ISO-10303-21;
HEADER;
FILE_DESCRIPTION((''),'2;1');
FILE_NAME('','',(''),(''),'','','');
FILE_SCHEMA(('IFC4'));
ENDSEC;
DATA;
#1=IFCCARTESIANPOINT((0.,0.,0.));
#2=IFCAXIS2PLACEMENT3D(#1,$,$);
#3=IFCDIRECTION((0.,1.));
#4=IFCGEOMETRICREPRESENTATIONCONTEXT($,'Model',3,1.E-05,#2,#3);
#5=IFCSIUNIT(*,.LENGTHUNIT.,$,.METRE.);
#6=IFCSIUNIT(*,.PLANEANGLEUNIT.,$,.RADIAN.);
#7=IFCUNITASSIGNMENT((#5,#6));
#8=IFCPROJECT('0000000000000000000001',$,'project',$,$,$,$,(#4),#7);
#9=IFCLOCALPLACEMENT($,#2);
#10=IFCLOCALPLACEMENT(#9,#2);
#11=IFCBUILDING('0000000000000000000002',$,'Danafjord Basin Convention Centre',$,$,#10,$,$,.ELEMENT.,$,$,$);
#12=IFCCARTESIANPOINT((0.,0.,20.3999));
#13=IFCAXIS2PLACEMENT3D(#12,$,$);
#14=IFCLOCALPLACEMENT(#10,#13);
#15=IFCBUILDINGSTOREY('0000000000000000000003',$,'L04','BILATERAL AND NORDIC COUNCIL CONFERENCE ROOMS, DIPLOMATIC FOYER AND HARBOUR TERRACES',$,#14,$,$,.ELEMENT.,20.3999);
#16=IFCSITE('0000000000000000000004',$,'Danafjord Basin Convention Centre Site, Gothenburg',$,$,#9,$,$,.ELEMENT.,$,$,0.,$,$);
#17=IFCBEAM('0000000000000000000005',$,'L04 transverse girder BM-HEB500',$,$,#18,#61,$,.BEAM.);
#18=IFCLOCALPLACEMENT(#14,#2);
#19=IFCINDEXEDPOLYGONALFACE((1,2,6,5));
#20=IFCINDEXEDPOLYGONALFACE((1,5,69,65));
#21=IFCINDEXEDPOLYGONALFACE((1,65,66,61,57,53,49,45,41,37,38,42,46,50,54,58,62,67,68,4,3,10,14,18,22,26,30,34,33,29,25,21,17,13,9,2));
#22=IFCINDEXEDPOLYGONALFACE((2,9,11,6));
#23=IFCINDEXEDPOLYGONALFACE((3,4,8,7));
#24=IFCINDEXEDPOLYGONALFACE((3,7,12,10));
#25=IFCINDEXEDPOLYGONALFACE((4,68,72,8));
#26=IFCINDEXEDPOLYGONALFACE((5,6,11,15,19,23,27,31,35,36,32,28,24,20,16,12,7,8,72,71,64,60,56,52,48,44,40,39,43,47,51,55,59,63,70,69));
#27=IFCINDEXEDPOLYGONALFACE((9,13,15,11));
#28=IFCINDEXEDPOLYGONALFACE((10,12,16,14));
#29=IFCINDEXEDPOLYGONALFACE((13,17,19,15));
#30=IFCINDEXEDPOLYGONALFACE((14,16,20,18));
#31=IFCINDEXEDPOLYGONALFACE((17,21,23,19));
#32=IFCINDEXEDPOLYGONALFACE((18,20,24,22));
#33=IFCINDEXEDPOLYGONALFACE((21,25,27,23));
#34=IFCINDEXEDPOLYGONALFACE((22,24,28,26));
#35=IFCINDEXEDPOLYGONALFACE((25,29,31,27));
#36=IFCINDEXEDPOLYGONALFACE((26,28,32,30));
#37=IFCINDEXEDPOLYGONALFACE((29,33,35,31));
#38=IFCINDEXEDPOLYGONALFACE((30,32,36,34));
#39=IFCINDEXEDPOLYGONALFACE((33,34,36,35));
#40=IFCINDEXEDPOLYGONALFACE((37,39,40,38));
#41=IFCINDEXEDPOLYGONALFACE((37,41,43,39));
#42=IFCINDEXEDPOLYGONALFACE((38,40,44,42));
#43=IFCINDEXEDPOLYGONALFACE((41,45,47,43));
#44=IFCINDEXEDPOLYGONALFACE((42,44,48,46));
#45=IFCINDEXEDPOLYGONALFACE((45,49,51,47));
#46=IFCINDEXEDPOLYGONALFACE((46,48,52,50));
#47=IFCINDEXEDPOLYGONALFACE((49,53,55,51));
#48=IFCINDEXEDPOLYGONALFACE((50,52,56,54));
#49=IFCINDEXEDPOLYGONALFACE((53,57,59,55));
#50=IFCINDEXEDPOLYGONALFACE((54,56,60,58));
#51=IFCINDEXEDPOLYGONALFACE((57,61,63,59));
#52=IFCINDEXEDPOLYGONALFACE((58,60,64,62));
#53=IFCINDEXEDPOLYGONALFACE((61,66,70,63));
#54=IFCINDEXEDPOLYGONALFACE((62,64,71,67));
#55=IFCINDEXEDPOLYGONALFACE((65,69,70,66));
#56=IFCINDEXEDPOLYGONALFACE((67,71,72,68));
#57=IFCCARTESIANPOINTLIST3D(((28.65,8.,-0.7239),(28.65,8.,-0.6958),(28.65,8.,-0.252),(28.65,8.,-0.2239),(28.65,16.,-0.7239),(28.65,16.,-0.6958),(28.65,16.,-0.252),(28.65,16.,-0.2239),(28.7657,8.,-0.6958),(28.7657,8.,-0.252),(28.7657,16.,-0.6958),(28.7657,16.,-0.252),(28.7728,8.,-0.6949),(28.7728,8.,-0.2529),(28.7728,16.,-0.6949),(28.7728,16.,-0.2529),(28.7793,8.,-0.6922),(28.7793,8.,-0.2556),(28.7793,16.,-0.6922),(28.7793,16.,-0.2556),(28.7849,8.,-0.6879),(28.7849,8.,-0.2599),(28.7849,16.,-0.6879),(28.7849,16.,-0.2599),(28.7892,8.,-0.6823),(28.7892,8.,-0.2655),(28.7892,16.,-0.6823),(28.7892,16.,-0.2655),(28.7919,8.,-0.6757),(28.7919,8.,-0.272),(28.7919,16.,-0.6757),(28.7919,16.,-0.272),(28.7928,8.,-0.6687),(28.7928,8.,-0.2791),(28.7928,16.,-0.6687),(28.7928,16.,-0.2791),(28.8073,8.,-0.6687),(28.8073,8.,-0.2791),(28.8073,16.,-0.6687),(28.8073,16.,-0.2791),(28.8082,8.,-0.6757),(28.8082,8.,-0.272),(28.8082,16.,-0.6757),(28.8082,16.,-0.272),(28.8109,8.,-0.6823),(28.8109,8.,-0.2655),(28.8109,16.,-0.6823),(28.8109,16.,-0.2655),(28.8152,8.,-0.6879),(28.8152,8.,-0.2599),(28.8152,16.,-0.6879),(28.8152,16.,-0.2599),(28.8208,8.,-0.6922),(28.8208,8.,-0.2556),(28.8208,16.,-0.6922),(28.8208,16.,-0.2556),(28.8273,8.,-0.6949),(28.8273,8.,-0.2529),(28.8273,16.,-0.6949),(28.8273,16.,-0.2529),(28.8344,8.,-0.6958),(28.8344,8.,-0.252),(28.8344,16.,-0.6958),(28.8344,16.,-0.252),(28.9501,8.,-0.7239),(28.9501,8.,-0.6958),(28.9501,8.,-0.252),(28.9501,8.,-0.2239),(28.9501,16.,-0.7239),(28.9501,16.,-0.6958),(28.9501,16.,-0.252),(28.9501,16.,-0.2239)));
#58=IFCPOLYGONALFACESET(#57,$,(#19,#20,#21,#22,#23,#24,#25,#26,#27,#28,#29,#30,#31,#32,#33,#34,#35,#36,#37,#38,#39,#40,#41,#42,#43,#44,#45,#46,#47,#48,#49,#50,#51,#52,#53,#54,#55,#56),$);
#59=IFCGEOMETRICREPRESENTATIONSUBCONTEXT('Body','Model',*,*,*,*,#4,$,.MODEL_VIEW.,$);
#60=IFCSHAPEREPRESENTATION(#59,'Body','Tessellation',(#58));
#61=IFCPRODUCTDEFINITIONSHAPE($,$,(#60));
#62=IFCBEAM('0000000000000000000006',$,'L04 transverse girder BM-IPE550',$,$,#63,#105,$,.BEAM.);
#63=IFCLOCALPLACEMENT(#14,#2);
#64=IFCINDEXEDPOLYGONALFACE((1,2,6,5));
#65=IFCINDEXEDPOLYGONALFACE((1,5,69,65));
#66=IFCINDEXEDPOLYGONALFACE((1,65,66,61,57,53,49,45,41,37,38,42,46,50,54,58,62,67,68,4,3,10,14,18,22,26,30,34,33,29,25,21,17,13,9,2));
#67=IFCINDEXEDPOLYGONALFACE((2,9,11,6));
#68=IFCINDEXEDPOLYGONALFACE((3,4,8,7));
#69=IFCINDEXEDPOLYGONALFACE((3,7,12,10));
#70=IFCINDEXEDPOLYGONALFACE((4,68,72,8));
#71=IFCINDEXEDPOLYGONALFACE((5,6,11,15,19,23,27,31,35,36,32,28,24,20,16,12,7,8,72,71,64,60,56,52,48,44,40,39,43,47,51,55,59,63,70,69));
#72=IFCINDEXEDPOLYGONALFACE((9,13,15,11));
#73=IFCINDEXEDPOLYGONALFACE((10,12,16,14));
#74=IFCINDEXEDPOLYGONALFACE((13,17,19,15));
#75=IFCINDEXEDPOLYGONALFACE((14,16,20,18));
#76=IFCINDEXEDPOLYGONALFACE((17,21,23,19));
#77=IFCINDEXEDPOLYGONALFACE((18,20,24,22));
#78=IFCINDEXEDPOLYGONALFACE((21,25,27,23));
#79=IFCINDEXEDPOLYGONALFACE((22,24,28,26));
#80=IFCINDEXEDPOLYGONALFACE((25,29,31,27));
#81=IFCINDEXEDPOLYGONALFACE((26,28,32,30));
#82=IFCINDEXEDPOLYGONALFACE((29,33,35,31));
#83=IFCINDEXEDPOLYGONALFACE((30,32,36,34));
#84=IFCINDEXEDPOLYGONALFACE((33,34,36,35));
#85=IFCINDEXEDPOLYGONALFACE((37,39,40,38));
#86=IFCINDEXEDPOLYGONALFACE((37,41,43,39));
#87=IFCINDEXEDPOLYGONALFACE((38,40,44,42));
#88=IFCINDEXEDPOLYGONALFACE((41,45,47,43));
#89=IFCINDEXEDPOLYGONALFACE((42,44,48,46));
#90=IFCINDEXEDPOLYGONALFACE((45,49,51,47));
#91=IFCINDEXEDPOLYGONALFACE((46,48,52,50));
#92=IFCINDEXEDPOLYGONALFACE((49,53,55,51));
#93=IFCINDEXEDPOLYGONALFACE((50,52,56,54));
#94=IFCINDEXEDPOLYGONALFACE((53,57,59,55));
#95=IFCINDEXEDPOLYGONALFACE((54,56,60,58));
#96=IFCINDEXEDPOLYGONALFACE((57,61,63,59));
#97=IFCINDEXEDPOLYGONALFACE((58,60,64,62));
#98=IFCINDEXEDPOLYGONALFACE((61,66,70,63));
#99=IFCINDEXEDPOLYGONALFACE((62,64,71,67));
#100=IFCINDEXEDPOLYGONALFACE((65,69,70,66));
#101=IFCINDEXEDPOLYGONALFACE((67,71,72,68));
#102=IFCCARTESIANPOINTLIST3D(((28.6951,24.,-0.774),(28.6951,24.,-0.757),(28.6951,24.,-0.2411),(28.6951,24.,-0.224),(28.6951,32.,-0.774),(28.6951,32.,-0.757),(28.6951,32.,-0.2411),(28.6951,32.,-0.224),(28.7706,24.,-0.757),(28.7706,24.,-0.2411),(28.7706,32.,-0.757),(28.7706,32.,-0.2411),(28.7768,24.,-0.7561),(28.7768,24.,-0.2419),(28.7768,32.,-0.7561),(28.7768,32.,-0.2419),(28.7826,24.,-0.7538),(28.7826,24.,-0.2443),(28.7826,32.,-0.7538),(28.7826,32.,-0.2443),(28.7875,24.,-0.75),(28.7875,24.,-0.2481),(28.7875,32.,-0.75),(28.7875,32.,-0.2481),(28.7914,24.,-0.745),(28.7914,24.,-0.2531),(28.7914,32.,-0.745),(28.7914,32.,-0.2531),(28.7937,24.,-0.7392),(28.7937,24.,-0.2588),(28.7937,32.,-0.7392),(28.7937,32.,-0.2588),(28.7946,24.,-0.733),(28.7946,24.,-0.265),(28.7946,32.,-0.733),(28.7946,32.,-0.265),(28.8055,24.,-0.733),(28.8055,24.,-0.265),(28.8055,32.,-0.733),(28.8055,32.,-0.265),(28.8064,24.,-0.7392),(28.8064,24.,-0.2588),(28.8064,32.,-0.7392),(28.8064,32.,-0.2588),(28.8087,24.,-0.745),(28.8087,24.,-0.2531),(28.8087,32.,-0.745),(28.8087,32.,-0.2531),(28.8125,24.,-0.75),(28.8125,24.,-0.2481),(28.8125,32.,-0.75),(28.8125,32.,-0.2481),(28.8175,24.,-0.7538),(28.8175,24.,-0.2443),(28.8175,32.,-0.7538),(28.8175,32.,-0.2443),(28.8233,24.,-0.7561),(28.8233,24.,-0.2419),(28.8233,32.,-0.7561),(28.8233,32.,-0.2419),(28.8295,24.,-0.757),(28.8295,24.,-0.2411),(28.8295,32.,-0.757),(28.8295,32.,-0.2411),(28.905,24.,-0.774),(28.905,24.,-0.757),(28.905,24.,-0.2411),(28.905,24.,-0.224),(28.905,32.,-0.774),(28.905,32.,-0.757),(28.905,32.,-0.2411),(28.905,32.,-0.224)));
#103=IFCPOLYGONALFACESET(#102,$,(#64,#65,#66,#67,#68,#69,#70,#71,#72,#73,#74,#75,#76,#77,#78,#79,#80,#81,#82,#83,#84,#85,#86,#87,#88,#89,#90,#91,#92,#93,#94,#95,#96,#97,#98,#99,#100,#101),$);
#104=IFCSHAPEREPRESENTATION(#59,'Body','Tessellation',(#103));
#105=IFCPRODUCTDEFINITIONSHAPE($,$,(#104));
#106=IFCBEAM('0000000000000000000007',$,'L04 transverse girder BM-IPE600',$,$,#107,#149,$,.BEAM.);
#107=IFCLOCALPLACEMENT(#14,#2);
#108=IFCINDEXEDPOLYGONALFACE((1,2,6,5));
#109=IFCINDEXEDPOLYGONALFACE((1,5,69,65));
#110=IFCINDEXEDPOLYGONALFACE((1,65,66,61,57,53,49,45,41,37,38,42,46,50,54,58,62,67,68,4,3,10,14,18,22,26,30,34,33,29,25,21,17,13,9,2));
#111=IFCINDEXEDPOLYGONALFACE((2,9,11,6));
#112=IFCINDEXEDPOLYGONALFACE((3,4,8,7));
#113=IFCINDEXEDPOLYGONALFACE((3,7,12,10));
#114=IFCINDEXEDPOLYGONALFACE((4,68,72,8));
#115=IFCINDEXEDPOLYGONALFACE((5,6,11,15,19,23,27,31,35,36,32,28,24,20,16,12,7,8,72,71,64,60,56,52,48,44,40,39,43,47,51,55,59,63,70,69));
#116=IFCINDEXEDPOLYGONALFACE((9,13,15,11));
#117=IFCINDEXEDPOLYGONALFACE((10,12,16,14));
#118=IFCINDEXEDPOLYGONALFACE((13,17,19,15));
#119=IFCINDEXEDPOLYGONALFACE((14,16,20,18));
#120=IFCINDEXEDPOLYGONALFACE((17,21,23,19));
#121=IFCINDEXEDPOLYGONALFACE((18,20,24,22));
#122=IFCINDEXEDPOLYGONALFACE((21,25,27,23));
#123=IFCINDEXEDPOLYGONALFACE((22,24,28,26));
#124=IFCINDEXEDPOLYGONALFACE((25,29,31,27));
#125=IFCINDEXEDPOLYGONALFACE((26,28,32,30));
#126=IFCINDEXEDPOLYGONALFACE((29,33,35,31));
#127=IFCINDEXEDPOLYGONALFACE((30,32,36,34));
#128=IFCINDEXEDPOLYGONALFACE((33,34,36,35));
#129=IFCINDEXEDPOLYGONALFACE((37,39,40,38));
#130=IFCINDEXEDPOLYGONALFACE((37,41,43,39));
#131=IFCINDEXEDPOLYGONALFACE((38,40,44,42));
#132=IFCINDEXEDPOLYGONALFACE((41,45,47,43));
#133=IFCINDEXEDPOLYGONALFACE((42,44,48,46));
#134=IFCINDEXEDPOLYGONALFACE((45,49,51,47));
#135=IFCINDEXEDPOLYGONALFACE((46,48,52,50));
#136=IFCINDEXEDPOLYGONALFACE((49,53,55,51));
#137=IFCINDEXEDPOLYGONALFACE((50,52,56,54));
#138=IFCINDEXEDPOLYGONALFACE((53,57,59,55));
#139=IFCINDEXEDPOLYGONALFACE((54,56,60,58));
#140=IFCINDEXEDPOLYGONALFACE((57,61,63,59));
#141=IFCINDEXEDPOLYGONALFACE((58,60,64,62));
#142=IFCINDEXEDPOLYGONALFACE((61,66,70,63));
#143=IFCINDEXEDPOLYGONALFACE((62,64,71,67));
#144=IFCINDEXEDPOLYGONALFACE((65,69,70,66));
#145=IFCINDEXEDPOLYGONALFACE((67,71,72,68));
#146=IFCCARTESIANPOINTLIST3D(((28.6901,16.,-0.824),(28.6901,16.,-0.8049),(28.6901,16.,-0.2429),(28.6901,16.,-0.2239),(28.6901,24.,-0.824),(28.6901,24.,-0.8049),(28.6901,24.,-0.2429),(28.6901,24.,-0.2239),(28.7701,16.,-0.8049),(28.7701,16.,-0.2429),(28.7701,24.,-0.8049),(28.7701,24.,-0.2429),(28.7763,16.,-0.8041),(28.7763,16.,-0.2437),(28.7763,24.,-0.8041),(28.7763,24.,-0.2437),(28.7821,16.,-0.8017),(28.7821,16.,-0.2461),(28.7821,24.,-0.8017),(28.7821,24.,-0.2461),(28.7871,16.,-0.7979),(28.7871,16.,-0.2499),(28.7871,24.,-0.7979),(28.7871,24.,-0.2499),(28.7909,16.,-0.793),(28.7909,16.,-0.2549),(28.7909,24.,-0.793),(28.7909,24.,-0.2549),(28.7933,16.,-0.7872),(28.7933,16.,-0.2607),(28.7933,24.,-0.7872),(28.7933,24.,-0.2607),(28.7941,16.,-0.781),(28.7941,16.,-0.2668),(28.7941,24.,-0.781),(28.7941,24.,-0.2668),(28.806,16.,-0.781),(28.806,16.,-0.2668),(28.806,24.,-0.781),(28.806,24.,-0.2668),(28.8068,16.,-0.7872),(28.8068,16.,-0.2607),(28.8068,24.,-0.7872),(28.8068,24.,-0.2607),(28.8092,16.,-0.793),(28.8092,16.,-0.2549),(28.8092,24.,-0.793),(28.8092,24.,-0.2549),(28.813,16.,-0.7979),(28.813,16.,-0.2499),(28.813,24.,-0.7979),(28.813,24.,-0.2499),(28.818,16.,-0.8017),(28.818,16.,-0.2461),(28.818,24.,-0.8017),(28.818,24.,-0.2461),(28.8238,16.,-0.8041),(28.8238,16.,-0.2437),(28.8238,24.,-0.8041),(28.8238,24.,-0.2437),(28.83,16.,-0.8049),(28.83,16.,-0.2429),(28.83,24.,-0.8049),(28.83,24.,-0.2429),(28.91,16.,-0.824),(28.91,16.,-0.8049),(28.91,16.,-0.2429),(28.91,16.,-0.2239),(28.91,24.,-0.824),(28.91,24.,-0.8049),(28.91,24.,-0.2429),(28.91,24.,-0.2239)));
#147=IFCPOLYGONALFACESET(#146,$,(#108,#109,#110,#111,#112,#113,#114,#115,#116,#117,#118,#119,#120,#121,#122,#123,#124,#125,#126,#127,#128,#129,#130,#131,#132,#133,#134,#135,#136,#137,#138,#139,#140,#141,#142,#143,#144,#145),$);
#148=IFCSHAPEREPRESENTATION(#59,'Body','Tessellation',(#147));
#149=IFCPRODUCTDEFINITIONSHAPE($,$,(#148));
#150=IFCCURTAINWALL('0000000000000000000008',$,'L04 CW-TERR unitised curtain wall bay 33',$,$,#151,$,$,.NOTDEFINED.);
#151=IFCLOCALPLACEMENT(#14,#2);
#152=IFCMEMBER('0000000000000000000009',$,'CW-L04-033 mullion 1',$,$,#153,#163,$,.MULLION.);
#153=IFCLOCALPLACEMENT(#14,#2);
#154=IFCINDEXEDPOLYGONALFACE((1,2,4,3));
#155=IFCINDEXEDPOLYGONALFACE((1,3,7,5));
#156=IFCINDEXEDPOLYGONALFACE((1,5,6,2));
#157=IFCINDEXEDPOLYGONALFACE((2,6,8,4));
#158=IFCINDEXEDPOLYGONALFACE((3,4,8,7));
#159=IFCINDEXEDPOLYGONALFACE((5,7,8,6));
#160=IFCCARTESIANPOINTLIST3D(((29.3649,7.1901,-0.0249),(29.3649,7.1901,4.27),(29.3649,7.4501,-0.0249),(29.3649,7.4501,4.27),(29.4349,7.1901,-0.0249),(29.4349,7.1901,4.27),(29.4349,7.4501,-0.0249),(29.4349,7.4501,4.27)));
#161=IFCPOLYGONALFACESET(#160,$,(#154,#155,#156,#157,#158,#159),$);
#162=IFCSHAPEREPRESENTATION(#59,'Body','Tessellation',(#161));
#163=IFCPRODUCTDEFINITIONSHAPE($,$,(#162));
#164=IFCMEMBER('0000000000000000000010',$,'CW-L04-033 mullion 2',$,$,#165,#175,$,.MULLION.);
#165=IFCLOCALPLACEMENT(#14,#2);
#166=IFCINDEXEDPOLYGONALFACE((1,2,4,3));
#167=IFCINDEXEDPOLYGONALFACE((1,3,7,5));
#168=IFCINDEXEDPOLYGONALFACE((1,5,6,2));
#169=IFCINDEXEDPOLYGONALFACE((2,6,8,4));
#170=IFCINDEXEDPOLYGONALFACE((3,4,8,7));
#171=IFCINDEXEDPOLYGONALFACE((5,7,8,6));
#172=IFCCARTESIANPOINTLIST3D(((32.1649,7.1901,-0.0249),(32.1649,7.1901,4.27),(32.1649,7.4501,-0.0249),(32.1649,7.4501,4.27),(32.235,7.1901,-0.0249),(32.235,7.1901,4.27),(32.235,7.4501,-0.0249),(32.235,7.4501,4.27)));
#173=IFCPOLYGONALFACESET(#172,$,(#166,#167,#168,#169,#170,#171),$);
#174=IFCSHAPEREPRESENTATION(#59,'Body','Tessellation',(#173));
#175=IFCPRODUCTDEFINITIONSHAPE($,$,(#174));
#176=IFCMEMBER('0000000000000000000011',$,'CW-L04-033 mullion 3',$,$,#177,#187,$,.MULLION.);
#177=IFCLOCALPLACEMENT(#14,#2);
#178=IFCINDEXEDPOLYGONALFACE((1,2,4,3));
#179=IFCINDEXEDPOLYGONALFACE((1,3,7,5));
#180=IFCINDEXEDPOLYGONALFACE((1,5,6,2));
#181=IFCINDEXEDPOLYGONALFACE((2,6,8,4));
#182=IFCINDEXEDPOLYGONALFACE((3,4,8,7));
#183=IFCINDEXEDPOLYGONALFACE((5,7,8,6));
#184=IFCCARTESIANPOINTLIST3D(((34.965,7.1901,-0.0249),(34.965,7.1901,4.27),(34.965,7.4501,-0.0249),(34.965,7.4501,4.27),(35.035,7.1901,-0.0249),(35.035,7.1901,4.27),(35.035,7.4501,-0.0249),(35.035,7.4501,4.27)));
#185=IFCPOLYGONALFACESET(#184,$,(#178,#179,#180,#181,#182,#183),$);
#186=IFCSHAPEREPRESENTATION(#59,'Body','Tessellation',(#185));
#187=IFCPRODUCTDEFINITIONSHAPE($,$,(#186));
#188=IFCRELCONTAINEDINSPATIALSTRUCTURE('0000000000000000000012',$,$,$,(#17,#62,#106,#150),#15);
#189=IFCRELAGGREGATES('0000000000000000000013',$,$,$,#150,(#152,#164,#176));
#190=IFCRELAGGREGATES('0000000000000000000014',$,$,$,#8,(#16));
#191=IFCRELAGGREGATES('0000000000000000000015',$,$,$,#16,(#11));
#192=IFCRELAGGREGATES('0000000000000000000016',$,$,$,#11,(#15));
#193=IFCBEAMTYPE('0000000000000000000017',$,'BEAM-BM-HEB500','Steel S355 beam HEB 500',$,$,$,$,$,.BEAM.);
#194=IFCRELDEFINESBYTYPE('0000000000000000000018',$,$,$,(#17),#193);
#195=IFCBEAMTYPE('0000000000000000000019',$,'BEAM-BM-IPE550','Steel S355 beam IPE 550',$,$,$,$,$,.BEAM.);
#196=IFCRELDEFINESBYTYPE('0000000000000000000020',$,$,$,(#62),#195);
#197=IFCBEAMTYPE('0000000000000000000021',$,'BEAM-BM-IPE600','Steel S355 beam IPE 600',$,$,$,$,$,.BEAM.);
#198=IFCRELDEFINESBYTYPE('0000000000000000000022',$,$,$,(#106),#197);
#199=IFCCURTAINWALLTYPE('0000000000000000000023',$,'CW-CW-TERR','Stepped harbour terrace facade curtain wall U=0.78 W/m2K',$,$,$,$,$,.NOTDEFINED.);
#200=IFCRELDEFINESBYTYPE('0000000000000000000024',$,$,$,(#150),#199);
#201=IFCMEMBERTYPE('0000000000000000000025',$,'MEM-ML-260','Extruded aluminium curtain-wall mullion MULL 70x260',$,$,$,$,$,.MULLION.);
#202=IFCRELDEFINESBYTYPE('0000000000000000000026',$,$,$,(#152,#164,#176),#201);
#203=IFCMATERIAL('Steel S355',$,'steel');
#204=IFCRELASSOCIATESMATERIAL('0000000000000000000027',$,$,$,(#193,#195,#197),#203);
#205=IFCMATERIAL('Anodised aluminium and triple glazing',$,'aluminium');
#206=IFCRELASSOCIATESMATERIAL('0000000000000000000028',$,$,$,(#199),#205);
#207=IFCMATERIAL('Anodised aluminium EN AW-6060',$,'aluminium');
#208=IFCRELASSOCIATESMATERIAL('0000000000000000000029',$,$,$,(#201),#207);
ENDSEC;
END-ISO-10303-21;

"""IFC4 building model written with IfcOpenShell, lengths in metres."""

from ifc_helpers import new_model, si_unit, direction, frame, origin, origin_2d, place, context, subcontext, project, spatial, rectangle, i_section, extrude, material, material_profile, profile_set, type_object, element, aggregate, save


model = new_model("IFC4")

# Units and contexts
model_context = context("Model", 3, precision=1e-05, world=origin(), true_north=direction((0.0, 1.0)))
body_context = subcontext(model_context, "Body", "Model", "MODEL_VIEW")
ifc_project = project(units=[si_unit("LENGTHUNIT", "METRE"), si_unit("PLANEANGLEUNIT", "RADIAN")], contexts=[model_context])

# Site, building, storey
site_placement = place(None, origin())
site = spatial("IfcSite", under=ifc_project, at=site_placement, Name="Danafjord Basin Convention Centre Site, Gothenburg", CompositionType="ELEMENT", RefElevation=0.0)
building_placement = place(site_placement, origin())
building = spatial("IfcBuilding", under=site, at=building_placement, Name="Danafjord Basin Convention Centre", CompositionType="ELEMENT")
storey_placement = place(building_placement, frame((0.0, 0.0, 20.3999)))
storey = spatial("IfcBuildingStorey", under=building, at=storey_placement, Name="L04", Description="BILATERAL AND NORDIC COUNCIL CONFERENCE ROOMS, DIPLOMATIC FOYER AND HARBOUR TERRACES", CompositionType="ELEMENT", Elevation=20.3999)

# Beams
ifc_material_1 = material(Name="Steel S355", Category="steel")
ifc_material_profile_1 = material_profile(ifc_material_1, i_section(OverallWidth=0.3, OverallDepth=0.5, WebThickness=0.0144, FlangeThickness=0.0281, FilletRadius=0.0271, at=origin_2d()), Name="HEB 500")
ifc_profile_set_1 = profile_set([ifc_material_profile_1], Name="Steel S355")
beam_type_1 = type_object("IfcBeamType", Name="BEAM-BM-HEB500", Description="Steel S355 beam HEB 500", PredefinedType="BEAM", material=ifc_profile_set_1)
beam_1_placement = place(storey_placement, frame((28.8, 8.0, -0.4739), z_axis=(0.0, 1.0, 0.0), x_axis=(-1.0, 0.0, 0.0)))
element("IfcBeam", 1, at=beam_1_placement, inside=storey, type_object=beam_type_1, Name="L04 transverse girder BM-HEB500", PredefinedType="BEAM", context=body_context, shape_type="SweptSolid", body=[
    extrude(i_section(OverallWidth=0.3, OverallDepth=0.5, WebThickness=0.0144, FlangeThickness=0.0281, FilletRadius=0.0271, at=origin_2d()), origin(), (0.0, 0.0, 1.0), 8.0),
])
ifc_material_profile_2 = material_profile(ifc_material_1, i_section(OverallWidth=0.21, OverallDepth=0.55, WebThickness=0.011, FlangeThickness=0.0171, FilletRadius=0.0239, at=origin_2d()), Name="IPE 550")
ifc_profile_set_2 = profile_set([ifc_material_profile_2], Name="Steel S355")
beam_type_2 = type_object("IfcBeamType", Name="BEAM-BM-IPE550", Description="Steel S355 beam IPE 550", PredefinedType="BEAM", material=ifc_profile_set_2)
beam_2_placement = place(storey_placement, frame((28.8, 24.0, -0.499), z_axis=(0.0, 1.0, 0.0), x_axis=(-1.0, 0.0, 0.0)))
element("IfcBeam", 2, at=beam_2_placement, inside=storey, type_object=beam_type_2, Name="L04 transverse girder BM-IPE550", PredefinedType="BEAM", context=body_context, shape_type="SweptSolid", body=[
    extrude(i_section(OverallWidth=0.21, OverallDepth=0.55, WebThickness=0.011, FlangeThickness=0.0171, FilletRadius=0.0239, at=origin_2d()), origin(), (0.0, 0.0, 1.0), 8.0),
])
ifc_material_profile_3 = material_profile(ifc_material_1, i_section(OverallWidth=0.22, OverallDepth=0.6001, WebThickness=0.012, FlangeThickness=0.019, FilletRadius=0.0239, at=origin_2d()), Name="IPE 600")
ifc_profile_set_3 = profile_set([ifc_material_profile_3], Name="Steel S355")
beam_type_3 = type_object("IfcBeamType", Name="BEAM-BM-IPE600", Description="Steel S355 beam IPE 600", PredefinedType="BEAM", material=ifc_profile_set_3)
beam_3_placement = place(storey_placement, frame((28.8, 16.0, -0.5239), z_axis=(0.0, 1.0, 0.0), x_axis=(-1.0, 0.0, 0.0)))
element("IfcBeam", 3, at=beam_3_placement, inside=storey, type_object=beam_type_3, Name="L04 transverse girder BM-IPE600", PredefinedType="BEAM", context=body_context, shape_type="SweptSolid", body=[
    extrude(i_section(OverallWidth=0.22, OverallDepth=0.6001, WebThickness=0.012, FlangeThickness=0.019, FilletRadius=0.0239, at=origin_2d()), origin(), (0.0, 0.0, 1.0), 8.0),
])

# Curtain wall, members
ifc_material_2 = material(Name="Anodised aluminium and triple glazing", Category="aluminium")
curtain_wall_type = type_object("IfcCurtainWallType", Name="CW-CW-TERR", Description="Stepped harbour terrace facade curtain wall U=0.78 W/m2K", PredefinedType="NOTDEFINED", material=ifc_material_2)
curtain_wall_placement = place(storey_placement, origin())
curtain_wall = element("IfcCurtainWall", 4, at=curtain_wall_placement, inside=storey, type_object=curtain_wall_type, Name="L04 CW-TERR unitised curtain wall bay 33", PredefinedType="NOTDEFINED")
ifc_material_3 = material(Name="Anodised aluminium EN AW-6060", Category="aluminium")
ifc_material_profile_4 = material_profile(ifc_material_3, rectangle(XDim=0.0701, YDim=0.26, at=origin_2d()), Name="MULL 70x260")
ifc_profile_set_4 = profile_set([ifc_material_profile_4], Name="Anodised aluminium EN AW-6060")
member_type_1 = type_object("IfcMemberType", Name="MEM-ML-260", Description="Extruded aluminium curtain-wall mullion MULL 70x260", PredefinedType="MULLION", material=ifc_profile_set_4)
member_1_placement = place(storey_placement, frame((29.3999, 7.3201, -0.0249), z_axis=(0.0, 0.0, 1.0), x_axis=(1.0, 0.0, 0.0)))
member_1 = element("IfcMember", 5, at=member_1_placement, type_object=member_type_1, Name="CW-L04-033 mullion 1", PredefinedType="MULLION", context=body_context, shape_type="SweptSolid", body=[
    extrude(rectangle(XDim=0.0701, YDim=0.26, at=origin_2d()), origin(), (0.0, 0.0, 1.0), 4.2949),
])
member_2_placement = place(storey_placement, frame((32.2, 7.3201, -0.0249), z_axis=(0.0, 0.0, 1.0), x_axis=(1.0, 0.0, 0.0)))
member_2 = element("IfcMember", 6, at=member_2_placement, type_object=member_type_1, Name="CW-L04-033 mullion 2", PredefinedType="MULLION", context=body_context, shape_type="SweptSolid", body=[
    extrude(rectangle(XDim=0.0701, YDim=0.26, at=origin_2d()), origin(), (0.0, 0.0, 1.0), 4.2949),
])
member_3_placement = place(storey_placement, frame((35.0, 7.3201, -0.0249), z_axis=(0.0, 0.0, 1.0), x_axis=(1.0, 0.0, 0.0)))
member_3 = element("IfcMember", 7, at=member_3_placement, type_object=member_type_1, Name="CW-L04-033 mullion 3", PredefinedType="MULLION", context=body_context, shape_type="SweptSolid", body=[
    extrude(rectangle(XDim=0.0701, YDim=0.26, at=origin_2d()), origin(), (0.0, 0.0, 1.0), 4.2949),
])
aggregate(curtain_wall, [member_1, member_2, member_3])

save(model, "model.ifc")
